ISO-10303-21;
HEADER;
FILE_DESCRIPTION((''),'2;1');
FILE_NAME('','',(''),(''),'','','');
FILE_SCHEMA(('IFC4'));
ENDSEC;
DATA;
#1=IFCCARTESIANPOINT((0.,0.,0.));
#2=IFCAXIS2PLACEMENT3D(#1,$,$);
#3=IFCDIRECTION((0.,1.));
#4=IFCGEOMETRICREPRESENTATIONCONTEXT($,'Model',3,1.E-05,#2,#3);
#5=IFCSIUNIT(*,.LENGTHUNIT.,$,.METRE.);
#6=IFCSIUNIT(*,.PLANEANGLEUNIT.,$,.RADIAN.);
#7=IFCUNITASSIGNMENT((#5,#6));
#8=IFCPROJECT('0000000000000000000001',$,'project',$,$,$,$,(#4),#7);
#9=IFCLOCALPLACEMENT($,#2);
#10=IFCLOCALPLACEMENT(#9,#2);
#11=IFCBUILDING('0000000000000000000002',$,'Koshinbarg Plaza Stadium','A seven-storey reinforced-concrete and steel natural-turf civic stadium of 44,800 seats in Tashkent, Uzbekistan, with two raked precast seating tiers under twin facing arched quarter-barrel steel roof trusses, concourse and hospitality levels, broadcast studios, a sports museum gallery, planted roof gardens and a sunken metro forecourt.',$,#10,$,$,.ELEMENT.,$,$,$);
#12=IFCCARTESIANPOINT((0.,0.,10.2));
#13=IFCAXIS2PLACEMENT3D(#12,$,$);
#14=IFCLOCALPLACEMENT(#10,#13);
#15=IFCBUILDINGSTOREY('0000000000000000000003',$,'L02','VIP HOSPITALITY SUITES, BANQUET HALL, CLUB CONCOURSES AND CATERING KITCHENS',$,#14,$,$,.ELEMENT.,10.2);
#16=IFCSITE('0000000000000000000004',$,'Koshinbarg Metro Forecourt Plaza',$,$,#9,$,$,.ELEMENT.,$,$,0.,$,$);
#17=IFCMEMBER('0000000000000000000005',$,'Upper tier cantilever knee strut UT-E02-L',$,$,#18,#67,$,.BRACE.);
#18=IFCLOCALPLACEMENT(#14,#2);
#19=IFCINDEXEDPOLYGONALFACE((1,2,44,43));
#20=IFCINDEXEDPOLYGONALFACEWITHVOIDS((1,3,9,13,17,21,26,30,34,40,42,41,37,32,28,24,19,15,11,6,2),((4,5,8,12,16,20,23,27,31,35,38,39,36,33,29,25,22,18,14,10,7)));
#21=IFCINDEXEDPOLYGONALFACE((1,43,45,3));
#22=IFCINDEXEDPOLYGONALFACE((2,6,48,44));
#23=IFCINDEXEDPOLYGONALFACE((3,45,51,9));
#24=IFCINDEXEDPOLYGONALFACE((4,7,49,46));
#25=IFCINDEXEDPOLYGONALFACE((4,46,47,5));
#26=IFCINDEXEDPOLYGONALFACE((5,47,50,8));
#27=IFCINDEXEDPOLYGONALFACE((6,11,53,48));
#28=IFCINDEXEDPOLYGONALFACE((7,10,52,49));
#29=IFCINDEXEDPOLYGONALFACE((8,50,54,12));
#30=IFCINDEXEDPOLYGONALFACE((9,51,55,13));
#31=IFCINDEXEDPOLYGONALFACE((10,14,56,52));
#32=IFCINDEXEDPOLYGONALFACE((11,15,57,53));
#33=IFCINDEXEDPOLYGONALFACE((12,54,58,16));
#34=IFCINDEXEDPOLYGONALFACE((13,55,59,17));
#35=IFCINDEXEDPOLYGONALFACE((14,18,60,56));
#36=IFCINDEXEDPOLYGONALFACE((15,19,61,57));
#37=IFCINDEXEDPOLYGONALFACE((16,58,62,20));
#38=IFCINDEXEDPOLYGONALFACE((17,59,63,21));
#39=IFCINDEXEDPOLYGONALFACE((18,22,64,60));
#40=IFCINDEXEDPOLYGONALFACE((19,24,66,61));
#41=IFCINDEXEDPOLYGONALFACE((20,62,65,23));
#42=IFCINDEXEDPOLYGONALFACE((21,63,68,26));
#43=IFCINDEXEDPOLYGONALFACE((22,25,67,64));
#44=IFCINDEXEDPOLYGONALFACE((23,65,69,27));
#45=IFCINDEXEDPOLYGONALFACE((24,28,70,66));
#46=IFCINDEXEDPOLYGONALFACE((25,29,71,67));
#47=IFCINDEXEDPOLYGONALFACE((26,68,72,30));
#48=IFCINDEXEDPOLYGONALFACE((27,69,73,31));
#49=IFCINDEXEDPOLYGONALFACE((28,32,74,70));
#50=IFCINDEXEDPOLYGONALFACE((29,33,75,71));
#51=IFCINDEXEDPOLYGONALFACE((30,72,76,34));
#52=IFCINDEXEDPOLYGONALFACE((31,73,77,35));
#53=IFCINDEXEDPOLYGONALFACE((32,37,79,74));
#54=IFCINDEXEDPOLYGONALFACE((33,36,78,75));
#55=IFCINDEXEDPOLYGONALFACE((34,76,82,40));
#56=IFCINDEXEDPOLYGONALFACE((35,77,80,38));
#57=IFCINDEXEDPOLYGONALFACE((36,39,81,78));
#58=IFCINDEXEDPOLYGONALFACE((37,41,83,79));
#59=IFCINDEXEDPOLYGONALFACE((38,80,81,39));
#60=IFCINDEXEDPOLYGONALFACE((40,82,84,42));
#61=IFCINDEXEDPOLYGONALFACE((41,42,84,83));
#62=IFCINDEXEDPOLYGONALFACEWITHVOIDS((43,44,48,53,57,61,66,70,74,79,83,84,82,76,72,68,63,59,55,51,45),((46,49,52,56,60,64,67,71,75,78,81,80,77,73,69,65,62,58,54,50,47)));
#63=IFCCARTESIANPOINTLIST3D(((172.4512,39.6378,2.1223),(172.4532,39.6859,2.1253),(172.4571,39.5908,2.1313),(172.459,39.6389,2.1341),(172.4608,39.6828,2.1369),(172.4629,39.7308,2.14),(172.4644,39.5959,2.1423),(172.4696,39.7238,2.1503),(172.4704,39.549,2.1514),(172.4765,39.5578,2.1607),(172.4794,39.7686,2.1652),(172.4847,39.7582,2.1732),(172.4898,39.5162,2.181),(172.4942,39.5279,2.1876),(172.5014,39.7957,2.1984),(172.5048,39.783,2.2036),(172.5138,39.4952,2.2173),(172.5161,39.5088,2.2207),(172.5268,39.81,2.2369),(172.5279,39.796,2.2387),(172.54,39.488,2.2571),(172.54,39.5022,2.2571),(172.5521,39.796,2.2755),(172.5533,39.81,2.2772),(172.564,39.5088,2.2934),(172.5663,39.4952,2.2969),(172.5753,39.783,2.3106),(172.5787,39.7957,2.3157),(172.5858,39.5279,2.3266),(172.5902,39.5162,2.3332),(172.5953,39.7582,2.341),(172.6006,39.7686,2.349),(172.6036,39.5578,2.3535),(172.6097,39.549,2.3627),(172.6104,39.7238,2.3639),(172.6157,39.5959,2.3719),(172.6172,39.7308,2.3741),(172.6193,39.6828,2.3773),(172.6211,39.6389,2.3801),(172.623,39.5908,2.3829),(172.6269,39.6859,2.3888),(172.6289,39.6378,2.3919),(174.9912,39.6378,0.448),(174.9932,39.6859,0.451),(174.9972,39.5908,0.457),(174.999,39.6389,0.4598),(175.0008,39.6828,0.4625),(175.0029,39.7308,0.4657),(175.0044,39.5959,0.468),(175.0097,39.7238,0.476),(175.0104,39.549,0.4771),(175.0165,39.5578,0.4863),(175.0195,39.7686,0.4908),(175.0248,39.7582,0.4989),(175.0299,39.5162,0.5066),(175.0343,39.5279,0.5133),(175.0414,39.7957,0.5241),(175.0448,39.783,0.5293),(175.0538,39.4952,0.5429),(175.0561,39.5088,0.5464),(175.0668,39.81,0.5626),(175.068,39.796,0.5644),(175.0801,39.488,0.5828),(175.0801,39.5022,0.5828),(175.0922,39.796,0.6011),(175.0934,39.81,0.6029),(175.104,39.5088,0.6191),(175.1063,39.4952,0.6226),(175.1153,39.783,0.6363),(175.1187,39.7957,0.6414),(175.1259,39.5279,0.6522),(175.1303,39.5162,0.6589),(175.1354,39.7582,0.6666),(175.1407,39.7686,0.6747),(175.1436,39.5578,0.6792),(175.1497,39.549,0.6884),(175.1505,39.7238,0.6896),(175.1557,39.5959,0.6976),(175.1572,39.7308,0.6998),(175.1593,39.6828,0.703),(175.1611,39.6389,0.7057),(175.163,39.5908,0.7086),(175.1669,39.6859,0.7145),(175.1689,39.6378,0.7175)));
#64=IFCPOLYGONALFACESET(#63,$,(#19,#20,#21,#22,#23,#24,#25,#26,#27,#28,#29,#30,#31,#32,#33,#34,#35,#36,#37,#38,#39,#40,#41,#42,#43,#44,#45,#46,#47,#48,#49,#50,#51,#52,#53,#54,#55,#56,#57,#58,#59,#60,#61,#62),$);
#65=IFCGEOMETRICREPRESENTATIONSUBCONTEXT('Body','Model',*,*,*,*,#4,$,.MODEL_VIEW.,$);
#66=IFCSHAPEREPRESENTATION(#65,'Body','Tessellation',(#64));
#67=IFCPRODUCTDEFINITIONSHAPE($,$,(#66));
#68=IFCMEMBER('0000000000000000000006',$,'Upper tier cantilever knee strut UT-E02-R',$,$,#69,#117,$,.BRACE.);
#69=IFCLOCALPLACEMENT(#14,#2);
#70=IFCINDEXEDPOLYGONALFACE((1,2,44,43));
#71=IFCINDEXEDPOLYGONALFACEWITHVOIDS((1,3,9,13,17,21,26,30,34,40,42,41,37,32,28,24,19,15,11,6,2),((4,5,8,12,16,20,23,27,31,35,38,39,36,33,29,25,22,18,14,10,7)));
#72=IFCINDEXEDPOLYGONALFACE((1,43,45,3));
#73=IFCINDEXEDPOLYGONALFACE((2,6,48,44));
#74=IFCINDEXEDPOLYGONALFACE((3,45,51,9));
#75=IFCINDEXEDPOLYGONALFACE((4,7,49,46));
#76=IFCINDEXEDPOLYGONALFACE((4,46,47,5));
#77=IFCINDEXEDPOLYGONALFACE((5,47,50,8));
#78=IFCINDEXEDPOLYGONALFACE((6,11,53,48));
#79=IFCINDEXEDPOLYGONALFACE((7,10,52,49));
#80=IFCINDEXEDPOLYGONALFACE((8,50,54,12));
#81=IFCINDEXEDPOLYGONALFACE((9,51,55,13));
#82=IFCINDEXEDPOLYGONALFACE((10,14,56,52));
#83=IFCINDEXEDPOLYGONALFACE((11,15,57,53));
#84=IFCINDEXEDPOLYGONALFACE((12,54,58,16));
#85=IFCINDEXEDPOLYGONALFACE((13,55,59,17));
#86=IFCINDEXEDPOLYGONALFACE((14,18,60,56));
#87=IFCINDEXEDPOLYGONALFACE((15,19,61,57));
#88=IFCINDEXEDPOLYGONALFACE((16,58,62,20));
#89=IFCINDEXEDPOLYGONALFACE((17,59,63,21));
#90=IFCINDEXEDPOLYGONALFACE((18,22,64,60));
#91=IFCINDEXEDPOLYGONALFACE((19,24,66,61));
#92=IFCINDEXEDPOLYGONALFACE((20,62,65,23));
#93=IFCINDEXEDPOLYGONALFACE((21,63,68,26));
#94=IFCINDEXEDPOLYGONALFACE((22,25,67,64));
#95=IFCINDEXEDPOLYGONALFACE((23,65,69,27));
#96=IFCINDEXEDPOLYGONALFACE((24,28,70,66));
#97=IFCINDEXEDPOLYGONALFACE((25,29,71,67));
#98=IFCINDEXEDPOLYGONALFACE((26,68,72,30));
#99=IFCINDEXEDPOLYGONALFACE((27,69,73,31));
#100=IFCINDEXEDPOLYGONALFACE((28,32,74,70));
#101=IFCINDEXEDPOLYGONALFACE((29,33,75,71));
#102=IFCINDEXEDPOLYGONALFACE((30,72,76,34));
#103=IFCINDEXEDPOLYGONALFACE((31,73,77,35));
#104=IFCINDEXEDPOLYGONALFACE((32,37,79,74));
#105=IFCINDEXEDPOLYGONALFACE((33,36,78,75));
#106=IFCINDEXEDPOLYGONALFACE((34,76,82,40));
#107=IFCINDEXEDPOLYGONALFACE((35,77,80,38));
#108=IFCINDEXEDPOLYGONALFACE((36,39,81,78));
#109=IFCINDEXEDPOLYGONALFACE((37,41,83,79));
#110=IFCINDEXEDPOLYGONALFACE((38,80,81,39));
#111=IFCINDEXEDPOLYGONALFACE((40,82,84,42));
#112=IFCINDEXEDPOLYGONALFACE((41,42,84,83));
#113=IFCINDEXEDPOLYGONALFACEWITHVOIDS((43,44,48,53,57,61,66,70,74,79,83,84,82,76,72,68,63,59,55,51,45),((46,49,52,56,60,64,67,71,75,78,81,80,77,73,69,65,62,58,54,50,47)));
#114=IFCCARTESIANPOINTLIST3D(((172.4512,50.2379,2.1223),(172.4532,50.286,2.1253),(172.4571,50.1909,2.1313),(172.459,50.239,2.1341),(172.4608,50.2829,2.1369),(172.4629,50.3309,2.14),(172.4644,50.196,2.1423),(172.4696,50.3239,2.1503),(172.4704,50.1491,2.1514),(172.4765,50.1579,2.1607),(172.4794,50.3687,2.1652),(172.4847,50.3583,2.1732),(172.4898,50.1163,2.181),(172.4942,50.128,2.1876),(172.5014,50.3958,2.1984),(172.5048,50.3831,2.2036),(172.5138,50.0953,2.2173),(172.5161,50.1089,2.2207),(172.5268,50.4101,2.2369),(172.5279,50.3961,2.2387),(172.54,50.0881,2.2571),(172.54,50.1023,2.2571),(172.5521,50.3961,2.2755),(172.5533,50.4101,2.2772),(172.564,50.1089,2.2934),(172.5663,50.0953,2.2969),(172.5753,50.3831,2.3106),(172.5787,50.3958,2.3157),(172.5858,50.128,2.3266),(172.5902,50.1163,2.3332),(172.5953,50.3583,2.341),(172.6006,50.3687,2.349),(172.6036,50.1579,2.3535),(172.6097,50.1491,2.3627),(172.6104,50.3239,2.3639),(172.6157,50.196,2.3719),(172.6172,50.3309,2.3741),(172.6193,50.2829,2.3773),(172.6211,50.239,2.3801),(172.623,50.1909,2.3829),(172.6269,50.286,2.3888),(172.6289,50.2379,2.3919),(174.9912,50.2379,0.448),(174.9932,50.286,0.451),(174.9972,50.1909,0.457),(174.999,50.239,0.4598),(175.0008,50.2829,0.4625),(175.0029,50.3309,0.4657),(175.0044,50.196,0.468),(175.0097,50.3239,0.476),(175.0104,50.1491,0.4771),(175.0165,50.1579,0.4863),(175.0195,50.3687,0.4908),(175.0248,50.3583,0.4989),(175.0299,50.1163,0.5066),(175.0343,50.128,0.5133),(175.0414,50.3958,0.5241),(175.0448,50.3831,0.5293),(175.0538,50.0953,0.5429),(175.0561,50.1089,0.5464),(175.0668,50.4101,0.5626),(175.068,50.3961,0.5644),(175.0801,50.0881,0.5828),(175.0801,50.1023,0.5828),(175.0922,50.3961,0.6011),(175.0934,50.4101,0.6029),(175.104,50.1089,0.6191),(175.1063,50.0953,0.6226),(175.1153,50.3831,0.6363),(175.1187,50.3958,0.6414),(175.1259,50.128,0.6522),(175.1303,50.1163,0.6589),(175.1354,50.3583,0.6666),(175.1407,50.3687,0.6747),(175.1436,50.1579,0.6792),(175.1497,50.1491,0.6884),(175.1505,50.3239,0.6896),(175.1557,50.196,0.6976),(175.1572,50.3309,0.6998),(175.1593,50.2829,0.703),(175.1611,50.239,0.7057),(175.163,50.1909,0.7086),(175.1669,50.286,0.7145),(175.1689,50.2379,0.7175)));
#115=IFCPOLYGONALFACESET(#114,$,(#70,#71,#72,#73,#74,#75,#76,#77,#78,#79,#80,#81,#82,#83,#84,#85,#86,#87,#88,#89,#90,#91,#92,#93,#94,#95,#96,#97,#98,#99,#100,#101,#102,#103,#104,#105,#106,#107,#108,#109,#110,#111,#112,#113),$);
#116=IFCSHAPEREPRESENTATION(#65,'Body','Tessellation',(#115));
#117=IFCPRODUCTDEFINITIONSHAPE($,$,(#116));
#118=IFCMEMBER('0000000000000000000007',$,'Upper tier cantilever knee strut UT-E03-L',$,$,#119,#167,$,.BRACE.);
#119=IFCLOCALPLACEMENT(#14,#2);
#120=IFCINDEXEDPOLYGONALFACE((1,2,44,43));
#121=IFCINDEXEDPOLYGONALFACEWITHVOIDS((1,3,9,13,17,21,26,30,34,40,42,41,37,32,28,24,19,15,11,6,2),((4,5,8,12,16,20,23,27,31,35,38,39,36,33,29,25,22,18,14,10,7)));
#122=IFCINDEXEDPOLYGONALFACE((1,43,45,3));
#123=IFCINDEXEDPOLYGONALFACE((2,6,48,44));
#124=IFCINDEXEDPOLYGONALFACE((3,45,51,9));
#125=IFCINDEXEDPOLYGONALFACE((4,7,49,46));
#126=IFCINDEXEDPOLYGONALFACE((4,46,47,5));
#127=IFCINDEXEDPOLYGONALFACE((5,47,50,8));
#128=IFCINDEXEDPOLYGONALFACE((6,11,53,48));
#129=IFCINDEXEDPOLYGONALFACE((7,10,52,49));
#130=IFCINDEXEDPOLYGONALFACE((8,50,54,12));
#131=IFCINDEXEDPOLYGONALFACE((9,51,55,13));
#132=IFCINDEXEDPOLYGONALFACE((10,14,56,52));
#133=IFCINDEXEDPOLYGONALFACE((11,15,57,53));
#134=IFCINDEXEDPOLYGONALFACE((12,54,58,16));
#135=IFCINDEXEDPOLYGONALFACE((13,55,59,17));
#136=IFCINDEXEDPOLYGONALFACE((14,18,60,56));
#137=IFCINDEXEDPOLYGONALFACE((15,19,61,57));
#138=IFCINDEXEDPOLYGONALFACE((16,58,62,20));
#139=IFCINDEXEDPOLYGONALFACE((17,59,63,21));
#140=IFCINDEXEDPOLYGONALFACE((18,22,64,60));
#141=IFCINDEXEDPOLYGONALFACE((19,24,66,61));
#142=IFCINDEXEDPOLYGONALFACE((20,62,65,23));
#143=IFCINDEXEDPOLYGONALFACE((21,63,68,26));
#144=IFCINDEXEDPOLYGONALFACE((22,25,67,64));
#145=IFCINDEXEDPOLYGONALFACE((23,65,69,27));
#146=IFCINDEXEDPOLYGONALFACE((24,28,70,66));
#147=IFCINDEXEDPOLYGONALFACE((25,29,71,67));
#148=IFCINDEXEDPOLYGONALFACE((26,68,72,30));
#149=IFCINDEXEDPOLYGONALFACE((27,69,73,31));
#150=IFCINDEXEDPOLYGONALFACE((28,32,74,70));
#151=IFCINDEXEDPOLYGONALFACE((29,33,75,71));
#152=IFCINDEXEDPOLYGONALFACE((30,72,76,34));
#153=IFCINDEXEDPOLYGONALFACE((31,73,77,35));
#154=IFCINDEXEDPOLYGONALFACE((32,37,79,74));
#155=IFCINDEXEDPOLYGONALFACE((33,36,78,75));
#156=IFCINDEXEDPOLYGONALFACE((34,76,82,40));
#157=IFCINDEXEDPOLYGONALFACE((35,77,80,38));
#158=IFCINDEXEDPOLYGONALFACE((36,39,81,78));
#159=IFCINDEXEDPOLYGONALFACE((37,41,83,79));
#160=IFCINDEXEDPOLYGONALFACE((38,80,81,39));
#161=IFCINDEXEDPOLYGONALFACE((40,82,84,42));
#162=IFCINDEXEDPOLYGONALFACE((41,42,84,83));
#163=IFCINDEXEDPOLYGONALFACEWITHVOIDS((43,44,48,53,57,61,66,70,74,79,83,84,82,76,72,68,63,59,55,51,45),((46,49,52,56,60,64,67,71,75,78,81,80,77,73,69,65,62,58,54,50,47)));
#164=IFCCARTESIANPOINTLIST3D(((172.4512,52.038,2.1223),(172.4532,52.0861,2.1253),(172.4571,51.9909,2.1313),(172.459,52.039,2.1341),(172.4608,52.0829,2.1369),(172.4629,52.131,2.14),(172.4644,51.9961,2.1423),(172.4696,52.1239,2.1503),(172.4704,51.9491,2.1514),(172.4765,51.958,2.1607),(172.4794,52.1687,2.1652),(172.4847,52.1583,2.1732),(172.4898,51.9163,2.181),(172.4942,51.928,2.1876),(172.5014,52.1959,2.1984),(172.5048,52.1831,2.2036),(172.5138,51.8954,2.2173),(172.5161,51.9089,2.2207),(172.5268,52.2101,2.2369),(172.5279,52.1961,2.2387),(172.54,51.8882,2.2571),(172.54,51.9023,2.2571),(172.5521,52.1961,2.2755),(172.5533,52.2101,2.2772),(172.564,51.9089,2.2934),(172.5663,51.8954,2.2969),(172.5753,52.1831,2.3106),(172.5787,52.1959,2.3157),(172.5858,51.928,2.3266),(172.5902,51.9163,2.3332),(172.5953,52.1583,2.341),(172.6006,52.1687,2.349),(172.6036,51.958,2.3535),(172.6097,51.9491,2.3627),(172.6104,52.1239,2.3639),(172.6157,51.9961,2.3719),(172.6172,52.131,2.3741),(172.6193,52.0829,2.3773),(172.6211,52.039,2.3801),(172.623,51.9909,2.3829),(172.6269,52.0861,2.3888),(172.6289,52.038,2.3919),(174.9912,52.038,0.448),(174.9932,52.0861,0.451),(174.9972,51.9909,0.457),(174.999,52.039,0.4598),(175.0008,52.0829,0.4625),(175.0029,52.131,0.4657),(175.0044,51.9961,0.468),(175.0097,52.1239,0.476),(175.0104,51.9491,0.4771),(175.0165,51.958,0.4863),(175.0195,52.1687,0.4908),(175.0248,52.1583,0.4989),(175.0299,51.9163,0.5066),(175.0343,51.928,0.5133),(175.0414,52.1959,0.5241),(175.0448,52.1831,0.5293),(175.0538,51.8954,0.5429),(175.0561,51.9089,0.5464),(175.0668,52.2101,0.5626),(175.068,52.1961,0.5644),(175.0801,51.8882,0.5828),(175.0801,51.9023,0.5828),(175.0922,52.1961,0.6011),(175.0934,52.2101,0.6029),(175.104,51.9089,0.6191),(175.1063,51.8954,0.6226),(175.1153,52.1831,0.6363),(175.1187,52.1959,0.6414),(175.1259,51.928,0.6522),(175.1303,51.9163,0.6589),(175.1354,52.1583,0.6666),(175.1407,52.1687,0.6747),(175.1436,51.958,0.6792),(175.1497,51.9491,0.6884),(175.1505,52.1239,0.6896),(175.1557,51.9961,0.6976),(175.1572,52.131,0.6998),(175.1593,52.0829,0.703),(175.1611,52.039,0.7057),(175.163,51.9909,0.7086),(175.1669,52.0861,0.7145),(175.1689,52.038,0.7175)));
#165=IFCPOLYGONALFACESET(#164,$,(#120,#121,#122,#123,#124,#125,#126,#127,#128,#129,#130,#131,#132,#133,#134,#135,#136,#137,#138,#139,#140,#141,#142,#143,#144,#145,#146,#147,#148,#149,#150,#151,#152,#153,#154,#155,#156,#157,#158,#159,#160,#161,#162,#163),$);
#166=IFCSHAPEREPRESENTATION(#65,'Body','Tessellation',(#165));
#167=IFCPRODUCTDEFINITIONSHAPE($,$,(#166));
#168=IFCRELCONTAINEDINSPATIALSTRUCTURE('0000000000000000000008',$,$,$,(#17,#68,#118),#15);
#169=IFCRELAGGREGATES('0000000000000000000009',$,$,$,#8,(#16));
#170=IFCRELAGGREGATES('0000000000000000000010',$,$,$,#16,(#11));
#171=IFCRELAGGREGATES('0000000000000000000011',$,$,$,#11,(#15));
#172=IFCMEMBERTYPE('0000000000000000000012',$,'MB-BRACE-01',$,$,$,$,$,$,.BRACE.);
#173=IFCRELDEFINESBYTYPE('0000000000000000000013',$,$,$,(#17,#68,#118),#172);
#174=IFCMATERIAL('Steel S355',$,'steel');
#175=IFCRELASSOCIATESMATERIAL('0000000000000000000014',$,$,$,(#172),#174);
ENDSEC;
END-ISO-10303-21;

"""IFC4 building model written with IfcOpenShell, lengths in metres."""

from ifc_helpers import new_model, si_unit, direction, frame, origin, origin_2d, place, context, subcontext, project, spatial, hollow_circle, extrude, material, material_profile, profile_set, type_object, element, save


model = new_model("IFC4")

# Units and contexts
model_context = context("Model", 3, precision=1e-05, world=origin(), true_north=direction((0.0, 1.0)))
body_context = subcontext(model_context, "Body", "Model", "MODEL_VIEW")
ifc_project = project(units=[si_unit("LENGTHUNIT", "METRE"), si_unit("PLANEANGLEUNIT", "RADIAN")], contexts=[model_context])

# Site, building, storey
site_placement = place(None, origin())
site = spatial("IfcSite", under=ifc_project, at=site_placement, Name="Koshinbarg Metro Forecourt Plaza", CompositionType="ELEMENT", RefElevation=0.0)
building_placement = place(site_placement, origin())
building = spatial("IfcBuilding", under=site, at=building_placement, Name="Koshinbarg Plaza Stadium", Description="A seven-storey reinforced-concrete and steel natural-turf civic stadium of 44,800 seats in Tashkent, Uzbekistan, with two raked precast seating tiers under twin facing arched quarter-barrel steel roof trusses, concourse and hospitality levels, broadcast studios, a sports museum gallery, planted roof gardens and a sunken metro forecourt.", CompositionType="ELEMENT")
storey_placement = place(building_placement, frame((0.0, 0.0, 10.2)))
storey = spatial("IfcBuildingStorey", under=building, at=storey_placement, Name="L02", Description="VIP HOSPITALITY SUITES, BANQUET HALL, CLUB CONCOURSES AND CATERING KITCHENS", CompositionType="ELEMENT", Elevation=10.2)

# Shared definitions
ifc_material_1 = material(Name="Steel S355", Category="steel")

# Members
ifc_material_profile_1 = material_profile(ifc_material_1, hollow_circle(Radius=0.1619, WallThickness=0.0142, at=origin_2d()), Name="CHS 323.9x14.2")
ifc_profile_set_1 = profile_set([ifc_material_profile_1], Name="Steel S355")
member_type = type_object("IfcMemberType", Name="MB-BRACE-01", PredefinedType="BRACE", material=ifc_profile_set_1)
for number, where, z_axis, x_axis, name in (
    (1, (175.0801, 39.6499, 0.5828), (-0.834928, 0.0, 0.550359), (0.0, -1.0, 0.0), "Upper tier cantilever knee strut UT-E02-L"),
    (2, (175.0801, 50.25, 0.5828), (-0.834928, 0.0, 0.550359), (0.0, -1.0, 0.0), "Upper tier cantilever knee strut UT-E02-R"),
    (3, (175.0801, 52.05, 0.5828), (-0.834928, 0.0, 0.550359), (0.0, -1.0, 0.0), "Upper tier cantilever knee strut UT-E03-L"),
):
    element("IfcMember", number, at=place(storey_placement, frame(where, z_axis=z_axis, x_axis=x_axis)), inside=storey, type_object=member_type, Name=name, PredefinedType="BRACE", context=body_context, shape_type="SweptSolid", body=[
        extrude(hollow_circle(Radius=0.1619, WallThickness=0.0142, at=origin_2d()), origin(), (0.0, 0.0, 1.0), 3.0422),
    ])

save(model, "model.ifc")
